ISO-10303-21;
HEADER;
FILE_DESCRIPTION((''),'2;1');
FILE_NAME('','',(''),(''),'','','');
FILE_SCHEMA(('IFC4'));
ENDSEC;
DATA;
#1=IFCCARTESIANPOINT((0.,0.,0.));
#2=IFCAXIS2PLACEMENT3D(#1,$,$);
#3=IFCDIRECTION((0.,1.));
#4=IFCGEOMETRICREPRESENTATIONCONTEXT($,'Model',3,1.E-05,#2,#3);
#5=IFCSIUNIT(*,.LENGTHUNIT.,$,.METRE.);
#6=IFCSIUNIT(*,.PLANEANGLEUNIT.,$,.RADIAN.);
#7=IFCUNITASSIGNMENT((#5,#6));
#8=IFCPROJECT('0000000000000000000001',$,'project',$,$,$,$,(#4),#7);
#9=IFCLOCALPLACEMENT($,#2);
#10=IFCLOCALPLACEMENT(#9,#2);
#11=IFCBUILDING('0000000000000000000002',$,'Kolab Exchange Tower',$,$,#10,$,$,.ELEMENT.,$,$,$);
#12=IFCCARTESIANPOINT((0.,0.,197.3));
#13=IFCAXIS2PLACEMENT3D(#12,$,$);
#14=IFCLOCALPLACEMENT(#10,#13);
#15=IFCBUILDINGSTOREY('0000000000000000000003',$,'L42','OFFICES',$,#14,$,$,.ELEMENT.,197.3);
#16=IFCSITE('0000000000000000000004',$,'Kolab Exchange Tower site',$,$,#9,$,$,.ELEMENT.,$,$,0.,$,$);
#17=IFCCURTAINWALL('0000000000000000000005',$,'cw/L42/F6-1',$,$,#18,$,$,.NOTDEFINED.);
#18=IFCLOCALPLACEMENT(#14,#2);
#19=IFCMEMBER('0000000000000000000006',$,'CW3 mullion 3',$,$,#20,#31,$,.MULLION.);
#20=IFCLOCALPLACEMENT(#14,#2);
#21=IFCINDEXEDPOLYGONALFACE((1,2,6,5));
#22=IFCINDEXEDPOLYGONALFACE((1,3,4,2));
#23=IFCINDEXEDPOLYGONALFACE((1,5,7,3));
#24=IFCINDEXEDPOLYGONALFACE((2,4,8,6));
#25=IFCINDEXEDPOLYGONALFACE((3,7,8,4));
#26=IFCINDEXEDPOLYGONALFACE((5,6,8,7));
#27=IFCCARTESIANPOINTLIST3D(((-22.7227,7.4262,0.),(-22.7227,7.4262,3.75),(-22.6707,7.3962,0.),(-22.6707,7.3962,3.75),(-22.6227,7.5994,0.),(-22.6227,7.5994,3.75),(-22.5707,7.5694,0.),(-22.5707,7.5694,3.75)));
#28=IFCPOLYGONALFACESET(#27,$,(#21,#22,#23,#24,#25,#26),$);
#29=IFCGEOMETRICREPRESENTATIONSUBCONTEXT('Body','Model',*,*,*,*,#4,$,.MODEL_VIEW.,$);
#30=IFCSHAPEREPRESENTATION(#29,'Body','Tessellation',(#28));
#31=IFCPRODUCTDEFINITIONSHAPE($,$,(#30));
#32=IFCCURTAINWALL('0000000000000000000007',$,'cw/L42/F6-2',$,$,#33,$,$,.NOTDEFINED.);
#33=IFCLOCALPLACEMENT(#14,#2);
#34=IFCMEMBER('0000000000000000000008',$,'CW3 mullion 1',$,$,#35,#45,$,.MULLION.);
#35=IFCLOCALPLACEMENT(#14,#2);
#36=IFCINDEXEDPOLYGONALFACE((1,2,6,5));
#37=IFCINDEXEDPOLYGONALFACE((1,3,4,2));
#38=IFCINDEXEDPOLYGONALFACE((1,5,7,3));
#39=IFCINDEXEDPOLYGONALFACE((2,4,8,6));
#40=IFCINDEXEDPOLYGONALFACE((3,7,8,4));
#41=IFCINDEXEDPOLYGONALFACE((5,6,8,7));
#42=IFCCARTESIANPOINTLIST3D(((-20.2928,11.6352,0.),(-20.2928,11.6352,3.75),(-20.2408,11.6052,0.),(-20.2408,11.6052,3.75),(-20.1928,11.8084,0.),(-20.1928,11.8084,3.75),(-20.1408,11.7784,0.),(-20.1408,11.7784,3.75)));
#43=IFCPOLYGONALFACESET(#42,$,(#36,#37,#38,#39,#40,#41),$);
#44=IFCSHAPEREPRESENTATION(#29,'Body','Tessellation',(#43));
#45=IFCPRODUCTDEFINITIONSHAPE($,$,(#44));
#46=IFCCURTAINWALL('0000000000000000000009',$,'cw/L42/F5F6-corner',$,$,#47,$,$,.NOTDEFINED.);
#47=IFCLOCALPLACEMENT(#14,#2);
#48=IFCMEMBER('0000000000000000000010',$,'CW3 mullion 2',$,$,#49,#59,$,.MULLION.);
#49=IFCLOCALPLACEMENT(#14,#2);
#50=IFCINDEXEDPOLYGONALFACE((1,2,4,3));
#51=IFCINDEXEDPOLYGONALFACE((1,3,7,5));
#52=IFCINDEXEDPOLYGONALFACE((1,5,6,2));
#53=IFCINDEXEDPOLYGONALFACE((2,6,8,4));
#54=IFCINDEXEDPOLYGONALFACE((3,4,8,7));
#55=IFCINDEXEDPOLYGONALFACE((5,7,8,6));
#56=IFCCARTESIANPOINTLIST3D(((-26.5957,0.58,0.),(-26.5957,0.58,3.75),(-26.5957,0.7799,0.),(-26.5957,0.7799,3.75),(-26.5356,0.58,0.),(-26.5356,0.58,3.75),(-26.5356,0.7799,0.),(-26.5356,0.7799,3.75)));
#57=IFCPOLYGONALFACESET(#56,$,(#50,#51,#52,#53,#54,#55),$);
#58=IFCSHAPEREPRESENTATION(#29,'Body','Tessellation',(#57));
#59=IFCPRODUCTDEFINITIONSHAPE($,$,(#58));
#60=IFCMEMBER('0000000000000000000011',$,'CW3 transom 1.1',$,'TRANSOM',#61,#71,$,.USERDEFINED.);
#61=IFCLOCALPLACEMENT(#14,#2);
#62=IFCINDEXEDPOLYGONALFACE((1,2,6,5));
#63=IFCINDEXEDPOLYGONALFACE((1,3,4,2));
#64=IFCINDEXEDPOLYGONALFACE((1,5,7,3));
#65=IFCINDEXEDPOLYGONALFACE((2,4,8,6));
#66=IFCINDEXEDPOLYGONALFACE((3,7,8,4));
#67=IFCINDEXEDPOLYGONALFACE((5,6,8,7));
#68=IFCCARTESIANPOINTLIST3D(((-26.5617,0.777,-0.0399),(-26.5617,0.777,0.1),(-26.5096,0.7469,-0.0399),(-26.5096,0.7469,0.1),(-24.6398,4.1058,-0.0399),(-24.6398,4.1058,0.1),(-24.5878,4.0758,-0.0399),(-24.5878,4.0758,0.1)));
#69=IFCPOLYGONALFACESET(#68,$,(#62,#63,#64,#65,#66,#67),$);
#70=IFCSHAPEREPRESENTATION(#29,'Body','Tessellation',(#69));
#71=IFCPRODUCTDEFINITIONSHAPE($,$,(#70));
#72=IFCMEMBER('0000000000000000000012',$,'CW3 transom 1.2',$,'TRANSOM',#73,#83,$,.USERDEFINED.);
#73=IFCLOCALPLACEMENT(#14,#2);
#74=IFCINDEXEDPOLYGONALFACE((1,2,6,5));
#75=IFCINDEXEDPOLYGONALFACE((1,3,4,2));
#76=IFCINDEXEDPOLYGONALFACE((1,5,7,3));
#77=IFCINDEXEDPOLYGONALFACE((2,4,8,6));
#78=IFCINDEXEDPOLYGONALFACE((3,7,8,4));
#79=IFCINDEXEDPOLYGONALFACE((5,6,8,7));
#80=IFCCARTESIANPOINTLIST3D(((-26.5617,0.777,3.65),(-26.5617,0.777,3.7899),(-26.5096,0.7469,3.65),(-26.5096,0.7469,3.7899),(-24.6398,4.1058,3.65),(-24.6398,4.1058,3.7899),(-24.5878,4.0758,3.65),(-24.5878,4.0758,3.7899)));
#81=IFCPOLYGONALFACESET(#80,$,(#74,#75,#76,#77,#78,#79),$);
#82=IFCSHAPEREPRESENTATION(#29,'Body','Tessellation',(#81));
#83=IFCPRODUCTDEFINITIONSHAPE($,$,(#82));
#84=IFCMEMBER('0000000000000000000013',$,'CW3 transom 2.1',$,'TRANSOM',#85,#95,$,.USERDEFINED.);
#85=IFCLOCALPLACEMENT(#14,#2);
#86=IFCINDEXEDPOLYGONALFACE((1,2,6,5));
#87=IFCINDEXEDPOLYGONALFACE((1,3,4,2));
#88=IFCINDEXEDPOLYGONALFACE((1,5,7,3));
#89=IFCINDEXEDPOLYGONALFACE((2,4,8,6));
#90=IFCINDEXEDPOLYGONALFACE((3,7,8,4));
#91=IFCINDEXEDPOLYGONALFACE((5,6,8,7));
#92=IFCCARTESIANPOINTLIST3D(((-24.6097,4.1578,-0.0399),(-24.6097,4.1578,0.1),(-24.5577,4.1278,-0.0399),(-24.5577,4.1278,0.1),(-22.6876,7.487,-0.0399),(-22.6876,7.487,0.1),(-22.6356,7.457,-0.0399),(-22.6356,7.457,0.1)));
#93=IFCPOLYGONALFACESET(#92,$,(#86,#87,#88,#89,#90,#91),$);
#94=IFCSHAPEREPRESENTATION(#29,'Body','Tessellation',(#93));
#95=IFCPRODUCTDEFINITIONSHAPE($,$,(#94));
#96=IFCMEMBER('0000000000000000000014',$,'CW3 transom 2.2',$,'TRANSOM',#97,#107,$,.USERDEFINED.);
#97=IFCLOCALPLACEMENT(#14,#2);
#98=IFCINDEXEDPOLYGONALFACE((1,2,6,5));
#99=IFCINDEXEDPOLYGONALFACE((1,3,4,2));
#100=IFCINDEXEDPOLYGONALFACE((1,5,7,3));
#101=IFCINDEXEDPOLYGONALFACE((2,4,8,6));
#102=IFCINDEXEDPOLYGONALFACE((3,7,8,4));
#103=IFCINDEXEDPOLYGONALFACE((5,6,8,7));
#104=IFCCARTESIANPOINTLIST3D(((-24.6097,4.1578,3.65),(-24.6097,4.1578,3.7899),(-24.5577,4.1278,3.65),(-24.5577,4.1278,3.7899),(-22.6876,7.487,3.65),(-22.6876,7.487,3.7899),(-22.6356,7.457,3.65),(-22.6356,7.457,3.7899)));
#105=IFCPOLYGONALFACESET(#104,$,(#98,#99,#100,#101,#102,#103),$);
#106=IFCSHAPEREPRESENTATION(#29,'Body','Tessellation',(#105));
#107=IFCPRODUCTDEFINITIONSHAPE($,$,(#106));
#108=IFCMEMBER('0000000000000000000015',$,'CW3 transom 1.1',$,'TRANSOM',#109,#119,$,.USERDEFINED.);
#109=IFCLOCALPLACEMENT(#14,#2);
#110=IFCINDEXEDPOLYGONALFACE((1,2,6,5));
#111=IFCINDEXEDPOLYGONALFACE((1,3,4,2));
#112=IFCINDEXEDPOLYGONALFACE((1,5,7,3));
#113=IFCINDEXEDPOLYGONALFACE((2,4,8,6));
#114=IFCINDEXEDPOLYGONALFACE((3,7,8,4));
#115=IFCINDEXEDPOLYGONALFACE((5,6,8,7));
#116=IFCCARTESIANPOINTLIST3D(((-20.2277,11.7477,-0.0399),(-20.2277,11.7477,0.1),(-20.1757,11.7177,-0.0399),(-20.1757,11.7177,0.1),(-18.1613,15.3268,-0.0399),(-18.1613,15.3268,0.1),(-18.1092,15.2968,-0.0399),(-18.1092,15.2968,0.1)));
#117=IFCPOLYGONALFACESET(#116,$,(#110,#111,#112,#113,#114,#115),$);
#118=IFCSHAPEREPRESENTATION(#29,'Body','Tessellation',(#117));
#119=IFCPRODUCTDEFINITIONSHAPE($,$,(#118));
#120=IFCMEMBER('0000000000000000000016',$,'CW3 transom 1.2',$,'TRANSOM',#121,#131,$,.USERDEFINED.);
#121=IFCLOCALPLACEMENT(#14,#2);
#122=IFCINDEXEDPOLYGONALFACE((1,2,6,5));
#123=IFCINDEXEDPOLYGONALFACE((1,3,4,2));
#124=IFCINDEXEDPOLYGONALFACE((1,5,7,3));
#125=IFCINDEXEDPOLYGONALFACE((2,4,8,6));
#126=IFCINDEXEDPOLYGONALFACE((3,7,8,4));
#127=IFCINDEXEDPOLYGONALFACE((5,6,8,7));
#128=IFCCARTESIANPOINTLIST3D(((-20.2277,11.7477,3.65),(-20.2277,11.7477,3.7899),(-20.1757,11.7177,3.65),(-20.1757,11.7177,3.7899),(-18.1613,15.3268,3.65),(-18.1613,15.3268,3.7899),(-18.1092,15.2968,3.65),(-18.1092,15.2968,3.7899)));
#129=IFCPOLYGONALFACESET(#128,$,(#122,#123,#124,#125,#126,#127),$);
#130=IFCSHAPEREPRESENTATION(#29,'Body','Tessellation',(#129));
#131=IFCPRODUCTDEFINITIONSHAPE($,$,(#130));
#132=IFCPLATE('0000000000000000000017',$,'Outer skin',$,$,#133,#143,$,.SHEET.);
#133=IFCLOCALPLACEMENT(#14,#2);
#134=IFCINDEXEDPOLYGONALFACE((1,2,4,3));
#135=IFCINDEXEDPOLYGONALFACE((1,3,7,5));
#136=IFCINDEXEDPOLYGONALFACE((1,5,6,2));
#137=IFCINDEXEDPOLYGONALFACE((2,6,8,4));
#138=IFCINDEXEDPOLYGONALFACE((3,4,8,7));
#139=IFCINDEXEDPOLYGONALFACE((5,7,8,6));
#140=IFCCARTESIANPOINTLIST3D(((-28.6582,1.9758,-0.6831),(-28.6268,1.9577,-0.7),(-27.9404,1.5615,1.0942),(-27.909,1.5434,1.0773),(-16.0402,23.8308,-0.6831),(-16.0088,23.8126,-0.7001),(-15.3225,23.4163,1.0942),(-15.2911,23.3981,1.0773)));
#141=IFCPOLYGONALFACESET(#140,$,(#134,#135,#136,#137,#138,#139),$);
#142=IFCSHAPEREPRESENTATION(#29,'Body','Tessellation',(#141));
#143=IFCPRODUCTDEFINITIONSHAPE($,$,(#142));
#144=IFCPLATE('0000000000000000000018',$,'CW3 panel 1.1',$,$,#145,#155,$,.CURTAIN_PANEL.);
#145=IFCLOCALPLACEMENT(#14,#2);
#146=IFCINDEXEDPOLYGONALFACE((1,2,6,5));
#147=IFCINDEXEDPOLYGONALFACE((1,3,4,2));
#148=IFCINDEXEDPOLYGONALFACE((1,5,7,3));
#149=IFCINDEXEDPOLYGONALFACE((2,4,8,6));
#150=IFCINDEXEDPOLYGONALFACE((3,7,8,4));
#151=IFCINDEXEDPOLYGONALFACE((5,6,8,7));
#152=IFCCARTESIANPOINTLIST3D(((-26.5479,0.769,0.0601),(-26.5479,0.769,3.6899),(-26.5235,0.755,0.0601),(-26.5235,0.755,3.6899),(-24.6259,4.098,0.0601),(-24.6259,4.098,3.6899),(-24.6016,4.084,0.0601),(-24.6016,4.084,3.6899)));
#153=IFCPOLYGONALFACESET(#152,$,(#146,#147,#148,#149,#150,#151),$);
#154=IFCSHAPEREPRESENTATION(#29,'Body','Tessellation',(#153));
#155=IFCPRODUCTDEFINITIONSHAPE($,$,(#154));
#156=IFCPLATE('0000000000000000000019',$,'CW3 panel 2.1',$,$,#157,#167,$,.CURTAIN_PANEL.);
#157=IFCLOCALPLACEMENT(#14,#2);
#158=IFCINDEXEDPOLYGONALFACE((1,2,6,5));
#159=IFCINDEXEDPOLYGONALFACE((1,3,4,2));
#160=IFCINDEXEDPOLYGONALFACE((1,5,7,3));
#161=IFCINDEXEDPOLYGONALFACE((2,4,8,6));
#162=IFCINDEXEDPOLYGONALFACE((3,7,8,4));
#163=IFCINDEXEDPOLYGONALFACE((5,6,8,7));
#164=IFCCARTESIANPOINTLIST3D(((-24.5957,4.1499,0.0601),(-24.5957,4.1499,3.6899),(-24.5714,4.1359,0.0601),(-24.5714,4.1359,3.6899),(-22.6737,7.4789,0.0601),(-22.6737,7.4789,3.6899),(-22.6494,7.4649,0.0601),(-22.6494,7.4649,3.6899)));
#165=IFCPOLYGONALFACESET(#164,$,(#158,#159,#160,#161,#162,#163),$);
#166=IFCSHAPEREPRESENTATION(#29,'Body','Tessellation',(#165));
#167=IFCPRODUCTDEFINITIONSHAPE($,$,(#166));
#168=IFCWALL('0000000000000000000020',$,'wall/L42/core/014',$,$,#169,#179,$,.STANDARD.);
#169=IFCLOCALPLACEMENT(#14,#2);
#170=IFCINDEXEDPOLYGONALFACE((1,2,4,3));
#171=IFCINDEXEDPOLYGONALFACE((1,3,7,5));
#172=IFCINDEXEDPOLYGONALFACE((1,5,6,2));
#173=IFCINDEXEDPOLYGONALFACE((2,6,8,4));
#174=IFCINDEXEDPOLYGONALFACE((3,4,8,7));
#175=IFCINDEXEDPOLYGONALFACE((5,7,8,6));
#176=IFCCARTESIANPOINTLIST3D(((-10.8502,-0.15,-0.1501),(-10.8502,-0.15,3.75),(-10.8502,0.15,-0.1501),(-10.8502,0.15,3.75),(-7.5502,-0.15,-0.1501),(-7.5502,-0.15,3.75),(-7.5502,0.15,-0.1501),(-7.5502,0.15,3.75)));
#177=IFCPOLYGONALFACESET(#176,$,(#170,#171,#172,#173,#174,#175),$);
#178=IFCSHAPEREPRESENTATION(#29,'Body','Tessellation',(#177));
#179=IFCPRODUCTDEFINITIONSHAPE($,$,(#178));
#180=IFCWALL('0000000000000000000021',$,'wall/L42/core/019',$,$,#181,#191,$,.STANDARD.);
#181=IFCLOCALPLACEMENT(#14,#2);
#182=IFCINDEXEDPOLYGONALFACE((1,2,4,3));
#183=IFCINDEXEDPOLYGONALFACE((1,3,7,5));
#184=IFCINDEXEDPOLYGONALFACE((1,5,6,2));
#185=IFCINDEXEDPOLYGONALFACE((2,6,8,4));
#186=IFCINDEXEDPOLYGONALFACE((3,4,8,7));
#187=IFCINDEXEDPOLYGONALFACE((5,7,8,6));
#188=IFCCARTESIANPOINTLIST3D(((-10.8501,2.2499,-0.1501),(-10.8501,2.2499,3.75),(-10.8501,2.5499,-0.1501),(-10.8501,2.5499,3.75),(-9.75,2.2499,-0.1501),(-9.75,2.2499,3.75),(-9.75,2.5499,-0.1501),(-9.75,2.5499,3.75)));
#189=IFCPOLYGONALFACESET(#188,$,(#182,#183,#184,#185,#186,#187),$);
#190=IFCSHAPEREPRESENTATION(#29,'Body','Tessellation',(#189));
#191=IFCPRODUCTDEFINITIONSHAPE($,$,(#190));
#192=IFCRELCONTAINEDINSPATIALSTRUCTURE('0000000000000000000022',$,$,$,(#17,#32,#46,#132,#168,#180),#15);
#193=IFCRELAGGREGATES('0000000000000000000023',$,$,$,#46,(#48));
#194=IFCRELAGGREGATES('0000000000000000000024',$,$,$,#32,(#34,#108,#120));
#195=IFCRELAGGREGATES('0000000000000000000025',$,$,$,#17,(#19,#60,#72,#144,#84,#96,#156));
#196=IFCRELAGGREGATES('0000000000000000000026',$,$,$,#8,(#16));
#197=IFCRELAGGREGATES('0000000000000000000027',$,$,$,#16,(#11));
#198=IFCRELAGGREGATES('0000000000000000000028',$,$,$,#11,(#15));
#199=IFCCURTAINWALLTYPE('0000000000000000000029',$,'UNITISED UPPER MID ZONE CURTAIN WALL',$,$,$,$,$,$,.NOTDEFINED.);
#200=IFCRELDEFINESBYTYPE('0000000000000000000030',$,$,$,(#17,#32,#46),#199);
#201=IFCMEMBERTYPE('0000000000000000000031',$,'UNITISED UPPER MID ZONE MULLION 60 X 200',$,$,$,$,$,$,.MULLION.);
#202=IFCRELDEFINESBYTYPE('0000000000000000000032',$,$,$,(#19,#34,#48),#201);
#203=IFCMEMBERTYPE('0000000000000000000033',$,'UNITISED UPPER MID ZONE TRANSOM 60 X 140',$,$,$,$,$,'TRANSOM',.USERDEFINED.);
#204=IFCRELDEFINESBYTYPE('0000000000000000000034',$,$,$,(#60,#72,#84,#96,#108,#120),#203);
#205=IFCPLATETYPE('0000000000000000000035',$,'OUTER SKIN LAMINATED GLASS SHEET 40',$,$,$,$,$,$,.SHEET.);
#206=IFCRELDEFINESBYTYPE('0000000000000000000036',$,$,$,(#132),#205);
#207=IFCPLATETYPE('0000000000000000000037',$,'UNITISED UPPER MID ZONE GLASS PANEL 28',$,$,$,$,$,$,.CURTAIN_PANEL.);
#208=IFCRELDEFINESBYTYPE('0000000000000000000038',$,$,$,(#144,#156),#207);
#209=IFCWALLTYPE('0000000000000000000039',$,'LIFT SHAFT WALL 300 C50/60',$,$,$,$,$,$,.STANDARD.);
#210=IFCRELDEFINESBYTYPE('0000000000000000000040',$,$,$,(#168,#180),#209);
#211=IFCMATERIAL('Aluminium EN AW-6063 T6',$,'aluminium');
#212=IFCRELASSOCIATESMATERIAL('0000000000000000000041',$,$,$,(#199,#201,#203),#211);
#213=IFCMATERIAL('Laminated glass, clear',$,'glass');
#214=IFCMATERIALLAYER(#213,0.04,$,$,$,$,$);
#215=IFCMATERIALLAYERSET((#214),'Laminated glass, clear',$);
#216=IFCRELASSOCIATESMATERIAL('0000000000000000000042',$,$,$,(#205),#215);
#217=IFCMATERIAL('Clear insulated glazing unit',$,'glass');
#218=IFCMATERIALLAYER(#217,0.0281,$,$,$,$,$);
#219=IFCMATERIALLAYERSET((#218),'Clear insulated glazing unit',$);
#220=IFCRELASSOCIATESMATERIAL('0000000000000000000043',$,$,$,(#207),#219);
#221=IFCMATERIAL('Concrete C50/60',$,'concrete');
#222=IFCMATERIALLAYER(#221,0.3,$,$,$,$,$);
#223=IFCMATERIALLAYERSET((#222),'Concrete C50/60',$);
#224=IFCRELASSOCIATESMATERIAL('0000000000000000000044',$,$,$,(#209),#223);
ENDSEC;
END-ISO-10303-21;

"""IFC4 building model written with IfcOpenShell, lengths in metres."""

from ifc_helpers import new_model, si_unit, direction, frame, frame_2d, origin, origin_2d, place, context, subcontext, project, spatial, polyline, rectangle, outline, extrude, material, layer, layer_set, material_profile, profile_set, type_object, element, aggregate, save


model = new_model("IFC4")

# Units and contexts
model_context = context("Model", 3, precision=1e-05, world=origin(), true_north=direction((0.0, 1.0)))
body_context = subcontext(model_context, "Body", "Model", "MODEL_VIEW")
ifc_project = project(units=[si_unit("LENGTHUNIT", "METRE"), si_unit("PLANEANGLEUNIT", "RADIAN")], contexts=[model_context])

# Site, building, storey
site_placement = place(None, origin())
site = spatial("IfcSite", under=ifc_project, at=site_placement, Name="Kolab Exchange Tower site", CompositionType="ELEMENT", RefElevation=0.0)
building_placement = place(site_placement, origin())
building = spatial("IfcBuilding", under=site, at=building_placement, Name="Kolab Exchange Tower", CompositionType="ELEMENT")
storey_placement = place(building_placement, frame((0.0, 0.0, 197.3)))
storey = spatial("IfcBuildingStorey", under=building, at=storey_placement, Name="L42", Description="OFFICES", CompositionType="ELEMENT", Elevation=197.3)

# Curtain wall, member
ifc_material_1 = material(Name="Aluminium EN AW-6063 T6", Category="aluminium")
curtain_wall_type = type_object("IfcCurtainWallType", Name="UNITISED UPPER MID ZONE CURTAIN WALL", PredefinedType="NOTDEFINED", material=ifc_material_1)
curtain_wall_1_placement = place(storey_placement, origin())
curtain_wall_1 = element("IfcCurtainWall", 1, at=curtain_wall_1_placement, inside=storey, type_object=curtain_wall_type, Name="cw/L42/F6-1", PredefinedType="NOTDEFINED")
ifc_material_profile_1 = material_profile(ifc_material_1, rectangle(XDim=0.0601, YDim=0.2, at=origin_2d()), Name="RECT 60X200")
ifc_profile_set_1 = profile_set([ifc_material_profile_1], Name="Aluminium EN AW-6063 T6")
member_type_1 = type_object("IfcMemberType", Name="UNITISED UPPER MID ZONE MULLION 60 X 200", PredefinedType="MULLION", material=ifc_profile_set_1)
member_1_placement = place(storey_placement, frame((-22.6467, 7.4978, 0.0), z_axis=(0.0, 0.0, 1.0), x_axis=(-0.866025, 0.5, 0.0)))
member_1 = element("IfcMember", 2, at=member_1_placement, type_object=member_type_1, Name="CW3 mullion 3", PredefinedType="MULLION", context=body_context, shape_type="SweptSolid", body=[
    extrude(rectangle(XDim=0.0601, YDim=0.2, at=origin_2d()), origin(), (0.0, 0.0, 1.0), 3.75),
])

# Curtain walls, members
curtain_wall_2_placement = place(storey_placement, origin())
curtain_wall_2 = element("IfcCurtainWall", 3, at=curtain_wall_2_placement, inside=storey, type_object=curtain_wall_type, Name="cw/L42/F6-2", PredefinedType="NOTDEFINED")
member_2_placement = place(storey_placement, frame((-20.2168, 11.7068, 0.0), z_axis=(0.0, 0.0, 1.0), x_axis=(-0.866025, 0.5, 0.0)))
member_2 = element("IfcMember", 4, at=member_2_placement, type_object=member_type_1, Name="CW3 mullion 1", PredefinedType="MULLION", context=body_context, shape_type="SweptSolid", body=[
    extrude(rectangle(XDim=0.0601, YDim=0.2, at=origin_2d()), origin(), (0.0, 0.0, 1.0), 3.75),
])
curtain_wall_3_placement = place(storey_placement, origin())
curtain_wall_3 = element("IfcCurtainWall", 5, at=curtain_wall_3_placement, inside=storey, type_object=curtain_wall_type, Name="cw/L42/F5F6-corner", PredefinedType="NOTDEFINED")
member_3_placement = place(storey_placement, frame((-26.5657, 0.6799, 0.0), z_axis=(0.0, 0.0, 1.0), x_axis=(-1.0, 0.0, 0.0)))
member_3 = element("IfcMember", 6, at=member_3_placement, type_object=member_type_1, Name="CW3 mullion 2", PredefinedType="MULLION", context=body_context, shape_type="SweptSolid", body=[
    extrude(rectangle(XDim=0.0601, YDim=0.2, at=origin_2d()), origin(), (0.0, 0.0, 1.0), 3.75),
])
aggregate(curtain_wall_3, [member_3])

# Members
ifc_material_profile_2 = material_profile(ifc_material_1, rectangle(XDim=0.0601, YDim=0.1399, at=origin_2d()), Name="RECT 60X140")
ifc_profile_set_2 = profile_set([ifc_material_profile_2], Name="Aluminium EN AW-6063 T6")
member_type_2 = type_object("IfcMemberType", Name="UNITISED UPPER MID ZONE TRANSOM 60 X 140", ElementType="TRANSOM", PredefinedType="USERDEFINED", material=ifc_profile_set_2)
member_4_placement = place(storey_placement, frame((-26.5356, 0.762, 0.03), z_axis=(0.499992, 0.86603, 0.0), x_axis=(-0.86603, 0.499992, 0.0)))
member_4 = element("IfcMember", 7, at=member_4_placement, type_object=member_type_2, Name="CW3 transom 1.1", ObjectType="TRANSOM", PredefinedType="USERDEFINED", context=body_context, shape_type="SweptSolid", body=[
    extrude(rectangle(XDim=0.0601, YDim=0.1399, at=origin_2d()), origin(), (0.0, 0.0, 1.0), 3.8438),
])
member_5_placement = place(storey_placement, frame((-26.5356, 0.762, 3.72), z_axis=(0.499992, 0.86603, 0.0), x_axis=(-0.86603, 0.499992, 0.0)))
member_5 = element("IfcMember", 8, at=member_5_placement, type_object=member_type_2, Name="CW3 transom 1.2", ObjectType="TRANSOM", PredefinedType="USERDEFINED", context=body_context, shape_type="SweptSolid", body=[
    extrude(rectangle(XDim=0.0601, YDim=0.1399, at=origin_2d()), origin(), (0.0, 0.0, 1.0), 3.8438),
])
member_6_placement = place(storey_placement, frame((-24.5837, 4.1428, 0.03), z_axis=(0.500012, 0.866018, 0.0), x_axis=(-0.866018, 0.500012, 0.0)))
member_6 = element("IfcMember", 9, at=member_6_placement, type_object=member_type_2, Name="CW3 transom 2.1", ObjectType="TRANSOM", PredefinedType="USERDEFINED", context=body_context, shape_type="SweptSolid", body=[
    extrude(rectangle(XDim=0.0601, YDim=0.1399, at=origin_2d()), origin(), (0.0, 0.0, 1.0), 3.8442),
])
member_7_placement = place(storey_placement, frame((-24.5837, 4.1428, 3.72), z_axis=(0.500012, 0.866018, 0.0), x_axis=(-0.866018, 0.500012, 0.0)))
member_7 = element("IfcMember", 10, at=member_7_placement, type_object=member_type_2, Name="CW3 transom 2.2", ObjectType="TRANSOM", PredefinedType="USERDEFINED", context=body_context, shape_type="SweptSolid", body=[
    extrude(rectangle(XDim=0.0601, YDim=0.1399, at=origin_2d()), origin(), (0.0, 0.0, 1.0), 3.8442),
])
member_8_placement = place(storey_placement, frame((-20.2017, 11.7327, 0.03), z_axis=(0.500002, 0.866024, 0.0), x_axis=(-0.866024, 0.500002, 0.0)))
member_8 = element("IfcMember", 11, at=member_8_placement, type_object=member_type_2, Name="CW3 transom 1.1", ObjectType="TRANSOM", PredefinedType="USERDEFINED", context=body_context, shape_type="SweptSolid", body=[
    extrude(rectangle(XDim=0.0601, YDim=0.1399, at=origin_2d()), origin(), (0.0, 0.0, 1.0), 4.1328),
])
member_9_placement = place(storey_placement, frame((-20.2017, 11.7327, 3.72), z_axis=(0.500002, 0.866024, 0.0), x_axis=(-0.866024, 0.500002, 0.0)))
member_9 = element("IfcMember", 12, at=member_9_placement, type_object=member_type_2, Name="CW3 transom 1.2", ObjectType="TRANSOM", PredefinedType="USERDEFINED", context=body_context, shape_type="SweptSolid", body=[
    extrude(rectangle(XDim=0.0601, YDim=0.1399, at=origin_2d()), origin(), (0.0, 0.0, 1.0), 4.1328),
])
aggregate(curtain_wall_2, [member_2, member_8, member_9])

# Plates
ifc_material_2 = material(Name="Laminated glass, clear", Category="glass")
ifc_layer_1 = layer(ifc_material_2, 0.04)
ifc_layer_set_1 = layer_set([ifc_layer_1], Name="Laminated glass, clear")
plate_type_1 = type_object("IfcPlateType", Name="OUTER SKIN LAMINATED GLASS SHEET 40", PredefinedType="SHEET", material=ifc_layer_set_1)
plate_1_placement = place(storey_placement, frame((-28.6582, 1.9758, -0.6831), z_axis=(-0.784879, 0.453151, 0.422633), x_axis=(0.5, 0.866025, -0.000001)))
element("IfcPlate", 13, at=plate_1_placement, inside=storey, type_object=plate_type_1, Name="Outer skin", PredefinedType="SHEET", context=body_context, shape_type="SweptSolid", body=[
    extrude(outline(polyline([(0.0, 0.0), (25.2359, 0.0), (25.2358, -1.9611), (0.0001, -1.9611), (0.0, 0.0)])), origin(), (0.0, 0.0, -1.0), 0.04),
])
ifc_material_3 = material(Name="Clear insulated glazing unit", Category="glass")
ifc_layer_2 = layer(ifc_material_3, 0.0281)
ifc_layer_set_2 = layer_set([ifc_layer_2], Name="Clear insulated glazing unit")
plate_type_2 = type_object("IfcPlateType", Name="UNITISED UPPER MID ZONE GLASS PANEL 28", PredefinedType="CURTAIN_PANEL", material=ifc_layer_set_2)
plate_2_placement = place(storey_placement, frame((-25.5747, 2.4265, 0.0601), z_axis=(0.0, 0.0, 1.0), x_axis=(0.5, 0.866025, 0.0)))
plate_2 = element("IfcPlate", 14, at=plate_2_placement, type_object=plate_type_2, Name="CW3 panel 1.1", PredefinedType="CURTAIN_PANEL", context=body_context, shape_type="SweptSolid", body=[
    extrude(rectangle(XDim=3.844, YDim=0.0281, at=origin_2d()), origin(), (0.0, 0.0, 1.0), 3.6299),
])
plate_3_placement = place(storey_placement, frame((-23.6226, 5.8074, 0.0601), z_axis=(0.0, 0.0, 1.0), x_axis=(0.5, 0.866025, 0.0)))
plate_3 = element("IfcPlate", 15, at=plate_3_placement, type_object=plate_type_2, Name="CW3 panel 2.1", PredefinedType="CURTAIN_PANEL", context=body_context, shape_type="SweptSolid", body=[
    extrude(rectangle(XDim=3.844, YDim=0.0281, at=origin_2d()), origin(), (0.0, 0.0, 1.0), 3.6299),
])
aggregate(curtain_wall_1, [member_1, member_4, member_5, plate_2, member_6, member_7, plate_3])

# Walls
ifc_material_4 = material(Name="Concrete C50/60", Category="concrete")
ifc_layer_3 = layer(ifc_material_4, 0.3)
ifc_layer_set_3 = layer_set([ifc_layer_3], Name="Concrete C50/60")
wall_type_1 = type_object("IfcWallType", Name="LIFT SHAFT WALL 300 C50/60", PredefinedType="STANDARD", material=ifc_layer_set_3)
wall_1_placement = place(storey_placement, frame((-10.8501, 0.0, -0.1501), z_axis=(0.0, 0.0, 1.0), x_axis=(1.0, 0.0, 0.0)))
element("IfcWall", 16, at=wall_1_placement, inside=storey, type_object=wall_type_1, Name="wall/L42/core/014", PredefinedType="STANDARD", context=body_context, shape_type="SweptSolid", body=[
    extrude(rectangle(XDim=3.3, YDim=0.3, at=frame_2d((1.6499, 0.0))), origin(), (0.0, 0.0, 1.0), 3.9001),
])
wall_2_placement = place(storey_placement, frame((-10.8501, 2.3999, -0.1501), z_axis=(0.0, 0.0, 1.0), x_axis=(1.0, 0.0, 0.0)))
element("IfcWall", 17, at=wall_2_placement, inside=storey, type_object=wall_type_1, Name="wall/L42/core/019", PredefinedType="STANDARD", context=body_context, shape_type="SweptSolid", body=[
    extrude(rectangle(XDim=1.1001, YDim=0.3, at=frame_2d((0.55, 0.0))), origin(), (0.0, 0.0, 1.0), 3.9001),
])

save(model, "model.ifc")
